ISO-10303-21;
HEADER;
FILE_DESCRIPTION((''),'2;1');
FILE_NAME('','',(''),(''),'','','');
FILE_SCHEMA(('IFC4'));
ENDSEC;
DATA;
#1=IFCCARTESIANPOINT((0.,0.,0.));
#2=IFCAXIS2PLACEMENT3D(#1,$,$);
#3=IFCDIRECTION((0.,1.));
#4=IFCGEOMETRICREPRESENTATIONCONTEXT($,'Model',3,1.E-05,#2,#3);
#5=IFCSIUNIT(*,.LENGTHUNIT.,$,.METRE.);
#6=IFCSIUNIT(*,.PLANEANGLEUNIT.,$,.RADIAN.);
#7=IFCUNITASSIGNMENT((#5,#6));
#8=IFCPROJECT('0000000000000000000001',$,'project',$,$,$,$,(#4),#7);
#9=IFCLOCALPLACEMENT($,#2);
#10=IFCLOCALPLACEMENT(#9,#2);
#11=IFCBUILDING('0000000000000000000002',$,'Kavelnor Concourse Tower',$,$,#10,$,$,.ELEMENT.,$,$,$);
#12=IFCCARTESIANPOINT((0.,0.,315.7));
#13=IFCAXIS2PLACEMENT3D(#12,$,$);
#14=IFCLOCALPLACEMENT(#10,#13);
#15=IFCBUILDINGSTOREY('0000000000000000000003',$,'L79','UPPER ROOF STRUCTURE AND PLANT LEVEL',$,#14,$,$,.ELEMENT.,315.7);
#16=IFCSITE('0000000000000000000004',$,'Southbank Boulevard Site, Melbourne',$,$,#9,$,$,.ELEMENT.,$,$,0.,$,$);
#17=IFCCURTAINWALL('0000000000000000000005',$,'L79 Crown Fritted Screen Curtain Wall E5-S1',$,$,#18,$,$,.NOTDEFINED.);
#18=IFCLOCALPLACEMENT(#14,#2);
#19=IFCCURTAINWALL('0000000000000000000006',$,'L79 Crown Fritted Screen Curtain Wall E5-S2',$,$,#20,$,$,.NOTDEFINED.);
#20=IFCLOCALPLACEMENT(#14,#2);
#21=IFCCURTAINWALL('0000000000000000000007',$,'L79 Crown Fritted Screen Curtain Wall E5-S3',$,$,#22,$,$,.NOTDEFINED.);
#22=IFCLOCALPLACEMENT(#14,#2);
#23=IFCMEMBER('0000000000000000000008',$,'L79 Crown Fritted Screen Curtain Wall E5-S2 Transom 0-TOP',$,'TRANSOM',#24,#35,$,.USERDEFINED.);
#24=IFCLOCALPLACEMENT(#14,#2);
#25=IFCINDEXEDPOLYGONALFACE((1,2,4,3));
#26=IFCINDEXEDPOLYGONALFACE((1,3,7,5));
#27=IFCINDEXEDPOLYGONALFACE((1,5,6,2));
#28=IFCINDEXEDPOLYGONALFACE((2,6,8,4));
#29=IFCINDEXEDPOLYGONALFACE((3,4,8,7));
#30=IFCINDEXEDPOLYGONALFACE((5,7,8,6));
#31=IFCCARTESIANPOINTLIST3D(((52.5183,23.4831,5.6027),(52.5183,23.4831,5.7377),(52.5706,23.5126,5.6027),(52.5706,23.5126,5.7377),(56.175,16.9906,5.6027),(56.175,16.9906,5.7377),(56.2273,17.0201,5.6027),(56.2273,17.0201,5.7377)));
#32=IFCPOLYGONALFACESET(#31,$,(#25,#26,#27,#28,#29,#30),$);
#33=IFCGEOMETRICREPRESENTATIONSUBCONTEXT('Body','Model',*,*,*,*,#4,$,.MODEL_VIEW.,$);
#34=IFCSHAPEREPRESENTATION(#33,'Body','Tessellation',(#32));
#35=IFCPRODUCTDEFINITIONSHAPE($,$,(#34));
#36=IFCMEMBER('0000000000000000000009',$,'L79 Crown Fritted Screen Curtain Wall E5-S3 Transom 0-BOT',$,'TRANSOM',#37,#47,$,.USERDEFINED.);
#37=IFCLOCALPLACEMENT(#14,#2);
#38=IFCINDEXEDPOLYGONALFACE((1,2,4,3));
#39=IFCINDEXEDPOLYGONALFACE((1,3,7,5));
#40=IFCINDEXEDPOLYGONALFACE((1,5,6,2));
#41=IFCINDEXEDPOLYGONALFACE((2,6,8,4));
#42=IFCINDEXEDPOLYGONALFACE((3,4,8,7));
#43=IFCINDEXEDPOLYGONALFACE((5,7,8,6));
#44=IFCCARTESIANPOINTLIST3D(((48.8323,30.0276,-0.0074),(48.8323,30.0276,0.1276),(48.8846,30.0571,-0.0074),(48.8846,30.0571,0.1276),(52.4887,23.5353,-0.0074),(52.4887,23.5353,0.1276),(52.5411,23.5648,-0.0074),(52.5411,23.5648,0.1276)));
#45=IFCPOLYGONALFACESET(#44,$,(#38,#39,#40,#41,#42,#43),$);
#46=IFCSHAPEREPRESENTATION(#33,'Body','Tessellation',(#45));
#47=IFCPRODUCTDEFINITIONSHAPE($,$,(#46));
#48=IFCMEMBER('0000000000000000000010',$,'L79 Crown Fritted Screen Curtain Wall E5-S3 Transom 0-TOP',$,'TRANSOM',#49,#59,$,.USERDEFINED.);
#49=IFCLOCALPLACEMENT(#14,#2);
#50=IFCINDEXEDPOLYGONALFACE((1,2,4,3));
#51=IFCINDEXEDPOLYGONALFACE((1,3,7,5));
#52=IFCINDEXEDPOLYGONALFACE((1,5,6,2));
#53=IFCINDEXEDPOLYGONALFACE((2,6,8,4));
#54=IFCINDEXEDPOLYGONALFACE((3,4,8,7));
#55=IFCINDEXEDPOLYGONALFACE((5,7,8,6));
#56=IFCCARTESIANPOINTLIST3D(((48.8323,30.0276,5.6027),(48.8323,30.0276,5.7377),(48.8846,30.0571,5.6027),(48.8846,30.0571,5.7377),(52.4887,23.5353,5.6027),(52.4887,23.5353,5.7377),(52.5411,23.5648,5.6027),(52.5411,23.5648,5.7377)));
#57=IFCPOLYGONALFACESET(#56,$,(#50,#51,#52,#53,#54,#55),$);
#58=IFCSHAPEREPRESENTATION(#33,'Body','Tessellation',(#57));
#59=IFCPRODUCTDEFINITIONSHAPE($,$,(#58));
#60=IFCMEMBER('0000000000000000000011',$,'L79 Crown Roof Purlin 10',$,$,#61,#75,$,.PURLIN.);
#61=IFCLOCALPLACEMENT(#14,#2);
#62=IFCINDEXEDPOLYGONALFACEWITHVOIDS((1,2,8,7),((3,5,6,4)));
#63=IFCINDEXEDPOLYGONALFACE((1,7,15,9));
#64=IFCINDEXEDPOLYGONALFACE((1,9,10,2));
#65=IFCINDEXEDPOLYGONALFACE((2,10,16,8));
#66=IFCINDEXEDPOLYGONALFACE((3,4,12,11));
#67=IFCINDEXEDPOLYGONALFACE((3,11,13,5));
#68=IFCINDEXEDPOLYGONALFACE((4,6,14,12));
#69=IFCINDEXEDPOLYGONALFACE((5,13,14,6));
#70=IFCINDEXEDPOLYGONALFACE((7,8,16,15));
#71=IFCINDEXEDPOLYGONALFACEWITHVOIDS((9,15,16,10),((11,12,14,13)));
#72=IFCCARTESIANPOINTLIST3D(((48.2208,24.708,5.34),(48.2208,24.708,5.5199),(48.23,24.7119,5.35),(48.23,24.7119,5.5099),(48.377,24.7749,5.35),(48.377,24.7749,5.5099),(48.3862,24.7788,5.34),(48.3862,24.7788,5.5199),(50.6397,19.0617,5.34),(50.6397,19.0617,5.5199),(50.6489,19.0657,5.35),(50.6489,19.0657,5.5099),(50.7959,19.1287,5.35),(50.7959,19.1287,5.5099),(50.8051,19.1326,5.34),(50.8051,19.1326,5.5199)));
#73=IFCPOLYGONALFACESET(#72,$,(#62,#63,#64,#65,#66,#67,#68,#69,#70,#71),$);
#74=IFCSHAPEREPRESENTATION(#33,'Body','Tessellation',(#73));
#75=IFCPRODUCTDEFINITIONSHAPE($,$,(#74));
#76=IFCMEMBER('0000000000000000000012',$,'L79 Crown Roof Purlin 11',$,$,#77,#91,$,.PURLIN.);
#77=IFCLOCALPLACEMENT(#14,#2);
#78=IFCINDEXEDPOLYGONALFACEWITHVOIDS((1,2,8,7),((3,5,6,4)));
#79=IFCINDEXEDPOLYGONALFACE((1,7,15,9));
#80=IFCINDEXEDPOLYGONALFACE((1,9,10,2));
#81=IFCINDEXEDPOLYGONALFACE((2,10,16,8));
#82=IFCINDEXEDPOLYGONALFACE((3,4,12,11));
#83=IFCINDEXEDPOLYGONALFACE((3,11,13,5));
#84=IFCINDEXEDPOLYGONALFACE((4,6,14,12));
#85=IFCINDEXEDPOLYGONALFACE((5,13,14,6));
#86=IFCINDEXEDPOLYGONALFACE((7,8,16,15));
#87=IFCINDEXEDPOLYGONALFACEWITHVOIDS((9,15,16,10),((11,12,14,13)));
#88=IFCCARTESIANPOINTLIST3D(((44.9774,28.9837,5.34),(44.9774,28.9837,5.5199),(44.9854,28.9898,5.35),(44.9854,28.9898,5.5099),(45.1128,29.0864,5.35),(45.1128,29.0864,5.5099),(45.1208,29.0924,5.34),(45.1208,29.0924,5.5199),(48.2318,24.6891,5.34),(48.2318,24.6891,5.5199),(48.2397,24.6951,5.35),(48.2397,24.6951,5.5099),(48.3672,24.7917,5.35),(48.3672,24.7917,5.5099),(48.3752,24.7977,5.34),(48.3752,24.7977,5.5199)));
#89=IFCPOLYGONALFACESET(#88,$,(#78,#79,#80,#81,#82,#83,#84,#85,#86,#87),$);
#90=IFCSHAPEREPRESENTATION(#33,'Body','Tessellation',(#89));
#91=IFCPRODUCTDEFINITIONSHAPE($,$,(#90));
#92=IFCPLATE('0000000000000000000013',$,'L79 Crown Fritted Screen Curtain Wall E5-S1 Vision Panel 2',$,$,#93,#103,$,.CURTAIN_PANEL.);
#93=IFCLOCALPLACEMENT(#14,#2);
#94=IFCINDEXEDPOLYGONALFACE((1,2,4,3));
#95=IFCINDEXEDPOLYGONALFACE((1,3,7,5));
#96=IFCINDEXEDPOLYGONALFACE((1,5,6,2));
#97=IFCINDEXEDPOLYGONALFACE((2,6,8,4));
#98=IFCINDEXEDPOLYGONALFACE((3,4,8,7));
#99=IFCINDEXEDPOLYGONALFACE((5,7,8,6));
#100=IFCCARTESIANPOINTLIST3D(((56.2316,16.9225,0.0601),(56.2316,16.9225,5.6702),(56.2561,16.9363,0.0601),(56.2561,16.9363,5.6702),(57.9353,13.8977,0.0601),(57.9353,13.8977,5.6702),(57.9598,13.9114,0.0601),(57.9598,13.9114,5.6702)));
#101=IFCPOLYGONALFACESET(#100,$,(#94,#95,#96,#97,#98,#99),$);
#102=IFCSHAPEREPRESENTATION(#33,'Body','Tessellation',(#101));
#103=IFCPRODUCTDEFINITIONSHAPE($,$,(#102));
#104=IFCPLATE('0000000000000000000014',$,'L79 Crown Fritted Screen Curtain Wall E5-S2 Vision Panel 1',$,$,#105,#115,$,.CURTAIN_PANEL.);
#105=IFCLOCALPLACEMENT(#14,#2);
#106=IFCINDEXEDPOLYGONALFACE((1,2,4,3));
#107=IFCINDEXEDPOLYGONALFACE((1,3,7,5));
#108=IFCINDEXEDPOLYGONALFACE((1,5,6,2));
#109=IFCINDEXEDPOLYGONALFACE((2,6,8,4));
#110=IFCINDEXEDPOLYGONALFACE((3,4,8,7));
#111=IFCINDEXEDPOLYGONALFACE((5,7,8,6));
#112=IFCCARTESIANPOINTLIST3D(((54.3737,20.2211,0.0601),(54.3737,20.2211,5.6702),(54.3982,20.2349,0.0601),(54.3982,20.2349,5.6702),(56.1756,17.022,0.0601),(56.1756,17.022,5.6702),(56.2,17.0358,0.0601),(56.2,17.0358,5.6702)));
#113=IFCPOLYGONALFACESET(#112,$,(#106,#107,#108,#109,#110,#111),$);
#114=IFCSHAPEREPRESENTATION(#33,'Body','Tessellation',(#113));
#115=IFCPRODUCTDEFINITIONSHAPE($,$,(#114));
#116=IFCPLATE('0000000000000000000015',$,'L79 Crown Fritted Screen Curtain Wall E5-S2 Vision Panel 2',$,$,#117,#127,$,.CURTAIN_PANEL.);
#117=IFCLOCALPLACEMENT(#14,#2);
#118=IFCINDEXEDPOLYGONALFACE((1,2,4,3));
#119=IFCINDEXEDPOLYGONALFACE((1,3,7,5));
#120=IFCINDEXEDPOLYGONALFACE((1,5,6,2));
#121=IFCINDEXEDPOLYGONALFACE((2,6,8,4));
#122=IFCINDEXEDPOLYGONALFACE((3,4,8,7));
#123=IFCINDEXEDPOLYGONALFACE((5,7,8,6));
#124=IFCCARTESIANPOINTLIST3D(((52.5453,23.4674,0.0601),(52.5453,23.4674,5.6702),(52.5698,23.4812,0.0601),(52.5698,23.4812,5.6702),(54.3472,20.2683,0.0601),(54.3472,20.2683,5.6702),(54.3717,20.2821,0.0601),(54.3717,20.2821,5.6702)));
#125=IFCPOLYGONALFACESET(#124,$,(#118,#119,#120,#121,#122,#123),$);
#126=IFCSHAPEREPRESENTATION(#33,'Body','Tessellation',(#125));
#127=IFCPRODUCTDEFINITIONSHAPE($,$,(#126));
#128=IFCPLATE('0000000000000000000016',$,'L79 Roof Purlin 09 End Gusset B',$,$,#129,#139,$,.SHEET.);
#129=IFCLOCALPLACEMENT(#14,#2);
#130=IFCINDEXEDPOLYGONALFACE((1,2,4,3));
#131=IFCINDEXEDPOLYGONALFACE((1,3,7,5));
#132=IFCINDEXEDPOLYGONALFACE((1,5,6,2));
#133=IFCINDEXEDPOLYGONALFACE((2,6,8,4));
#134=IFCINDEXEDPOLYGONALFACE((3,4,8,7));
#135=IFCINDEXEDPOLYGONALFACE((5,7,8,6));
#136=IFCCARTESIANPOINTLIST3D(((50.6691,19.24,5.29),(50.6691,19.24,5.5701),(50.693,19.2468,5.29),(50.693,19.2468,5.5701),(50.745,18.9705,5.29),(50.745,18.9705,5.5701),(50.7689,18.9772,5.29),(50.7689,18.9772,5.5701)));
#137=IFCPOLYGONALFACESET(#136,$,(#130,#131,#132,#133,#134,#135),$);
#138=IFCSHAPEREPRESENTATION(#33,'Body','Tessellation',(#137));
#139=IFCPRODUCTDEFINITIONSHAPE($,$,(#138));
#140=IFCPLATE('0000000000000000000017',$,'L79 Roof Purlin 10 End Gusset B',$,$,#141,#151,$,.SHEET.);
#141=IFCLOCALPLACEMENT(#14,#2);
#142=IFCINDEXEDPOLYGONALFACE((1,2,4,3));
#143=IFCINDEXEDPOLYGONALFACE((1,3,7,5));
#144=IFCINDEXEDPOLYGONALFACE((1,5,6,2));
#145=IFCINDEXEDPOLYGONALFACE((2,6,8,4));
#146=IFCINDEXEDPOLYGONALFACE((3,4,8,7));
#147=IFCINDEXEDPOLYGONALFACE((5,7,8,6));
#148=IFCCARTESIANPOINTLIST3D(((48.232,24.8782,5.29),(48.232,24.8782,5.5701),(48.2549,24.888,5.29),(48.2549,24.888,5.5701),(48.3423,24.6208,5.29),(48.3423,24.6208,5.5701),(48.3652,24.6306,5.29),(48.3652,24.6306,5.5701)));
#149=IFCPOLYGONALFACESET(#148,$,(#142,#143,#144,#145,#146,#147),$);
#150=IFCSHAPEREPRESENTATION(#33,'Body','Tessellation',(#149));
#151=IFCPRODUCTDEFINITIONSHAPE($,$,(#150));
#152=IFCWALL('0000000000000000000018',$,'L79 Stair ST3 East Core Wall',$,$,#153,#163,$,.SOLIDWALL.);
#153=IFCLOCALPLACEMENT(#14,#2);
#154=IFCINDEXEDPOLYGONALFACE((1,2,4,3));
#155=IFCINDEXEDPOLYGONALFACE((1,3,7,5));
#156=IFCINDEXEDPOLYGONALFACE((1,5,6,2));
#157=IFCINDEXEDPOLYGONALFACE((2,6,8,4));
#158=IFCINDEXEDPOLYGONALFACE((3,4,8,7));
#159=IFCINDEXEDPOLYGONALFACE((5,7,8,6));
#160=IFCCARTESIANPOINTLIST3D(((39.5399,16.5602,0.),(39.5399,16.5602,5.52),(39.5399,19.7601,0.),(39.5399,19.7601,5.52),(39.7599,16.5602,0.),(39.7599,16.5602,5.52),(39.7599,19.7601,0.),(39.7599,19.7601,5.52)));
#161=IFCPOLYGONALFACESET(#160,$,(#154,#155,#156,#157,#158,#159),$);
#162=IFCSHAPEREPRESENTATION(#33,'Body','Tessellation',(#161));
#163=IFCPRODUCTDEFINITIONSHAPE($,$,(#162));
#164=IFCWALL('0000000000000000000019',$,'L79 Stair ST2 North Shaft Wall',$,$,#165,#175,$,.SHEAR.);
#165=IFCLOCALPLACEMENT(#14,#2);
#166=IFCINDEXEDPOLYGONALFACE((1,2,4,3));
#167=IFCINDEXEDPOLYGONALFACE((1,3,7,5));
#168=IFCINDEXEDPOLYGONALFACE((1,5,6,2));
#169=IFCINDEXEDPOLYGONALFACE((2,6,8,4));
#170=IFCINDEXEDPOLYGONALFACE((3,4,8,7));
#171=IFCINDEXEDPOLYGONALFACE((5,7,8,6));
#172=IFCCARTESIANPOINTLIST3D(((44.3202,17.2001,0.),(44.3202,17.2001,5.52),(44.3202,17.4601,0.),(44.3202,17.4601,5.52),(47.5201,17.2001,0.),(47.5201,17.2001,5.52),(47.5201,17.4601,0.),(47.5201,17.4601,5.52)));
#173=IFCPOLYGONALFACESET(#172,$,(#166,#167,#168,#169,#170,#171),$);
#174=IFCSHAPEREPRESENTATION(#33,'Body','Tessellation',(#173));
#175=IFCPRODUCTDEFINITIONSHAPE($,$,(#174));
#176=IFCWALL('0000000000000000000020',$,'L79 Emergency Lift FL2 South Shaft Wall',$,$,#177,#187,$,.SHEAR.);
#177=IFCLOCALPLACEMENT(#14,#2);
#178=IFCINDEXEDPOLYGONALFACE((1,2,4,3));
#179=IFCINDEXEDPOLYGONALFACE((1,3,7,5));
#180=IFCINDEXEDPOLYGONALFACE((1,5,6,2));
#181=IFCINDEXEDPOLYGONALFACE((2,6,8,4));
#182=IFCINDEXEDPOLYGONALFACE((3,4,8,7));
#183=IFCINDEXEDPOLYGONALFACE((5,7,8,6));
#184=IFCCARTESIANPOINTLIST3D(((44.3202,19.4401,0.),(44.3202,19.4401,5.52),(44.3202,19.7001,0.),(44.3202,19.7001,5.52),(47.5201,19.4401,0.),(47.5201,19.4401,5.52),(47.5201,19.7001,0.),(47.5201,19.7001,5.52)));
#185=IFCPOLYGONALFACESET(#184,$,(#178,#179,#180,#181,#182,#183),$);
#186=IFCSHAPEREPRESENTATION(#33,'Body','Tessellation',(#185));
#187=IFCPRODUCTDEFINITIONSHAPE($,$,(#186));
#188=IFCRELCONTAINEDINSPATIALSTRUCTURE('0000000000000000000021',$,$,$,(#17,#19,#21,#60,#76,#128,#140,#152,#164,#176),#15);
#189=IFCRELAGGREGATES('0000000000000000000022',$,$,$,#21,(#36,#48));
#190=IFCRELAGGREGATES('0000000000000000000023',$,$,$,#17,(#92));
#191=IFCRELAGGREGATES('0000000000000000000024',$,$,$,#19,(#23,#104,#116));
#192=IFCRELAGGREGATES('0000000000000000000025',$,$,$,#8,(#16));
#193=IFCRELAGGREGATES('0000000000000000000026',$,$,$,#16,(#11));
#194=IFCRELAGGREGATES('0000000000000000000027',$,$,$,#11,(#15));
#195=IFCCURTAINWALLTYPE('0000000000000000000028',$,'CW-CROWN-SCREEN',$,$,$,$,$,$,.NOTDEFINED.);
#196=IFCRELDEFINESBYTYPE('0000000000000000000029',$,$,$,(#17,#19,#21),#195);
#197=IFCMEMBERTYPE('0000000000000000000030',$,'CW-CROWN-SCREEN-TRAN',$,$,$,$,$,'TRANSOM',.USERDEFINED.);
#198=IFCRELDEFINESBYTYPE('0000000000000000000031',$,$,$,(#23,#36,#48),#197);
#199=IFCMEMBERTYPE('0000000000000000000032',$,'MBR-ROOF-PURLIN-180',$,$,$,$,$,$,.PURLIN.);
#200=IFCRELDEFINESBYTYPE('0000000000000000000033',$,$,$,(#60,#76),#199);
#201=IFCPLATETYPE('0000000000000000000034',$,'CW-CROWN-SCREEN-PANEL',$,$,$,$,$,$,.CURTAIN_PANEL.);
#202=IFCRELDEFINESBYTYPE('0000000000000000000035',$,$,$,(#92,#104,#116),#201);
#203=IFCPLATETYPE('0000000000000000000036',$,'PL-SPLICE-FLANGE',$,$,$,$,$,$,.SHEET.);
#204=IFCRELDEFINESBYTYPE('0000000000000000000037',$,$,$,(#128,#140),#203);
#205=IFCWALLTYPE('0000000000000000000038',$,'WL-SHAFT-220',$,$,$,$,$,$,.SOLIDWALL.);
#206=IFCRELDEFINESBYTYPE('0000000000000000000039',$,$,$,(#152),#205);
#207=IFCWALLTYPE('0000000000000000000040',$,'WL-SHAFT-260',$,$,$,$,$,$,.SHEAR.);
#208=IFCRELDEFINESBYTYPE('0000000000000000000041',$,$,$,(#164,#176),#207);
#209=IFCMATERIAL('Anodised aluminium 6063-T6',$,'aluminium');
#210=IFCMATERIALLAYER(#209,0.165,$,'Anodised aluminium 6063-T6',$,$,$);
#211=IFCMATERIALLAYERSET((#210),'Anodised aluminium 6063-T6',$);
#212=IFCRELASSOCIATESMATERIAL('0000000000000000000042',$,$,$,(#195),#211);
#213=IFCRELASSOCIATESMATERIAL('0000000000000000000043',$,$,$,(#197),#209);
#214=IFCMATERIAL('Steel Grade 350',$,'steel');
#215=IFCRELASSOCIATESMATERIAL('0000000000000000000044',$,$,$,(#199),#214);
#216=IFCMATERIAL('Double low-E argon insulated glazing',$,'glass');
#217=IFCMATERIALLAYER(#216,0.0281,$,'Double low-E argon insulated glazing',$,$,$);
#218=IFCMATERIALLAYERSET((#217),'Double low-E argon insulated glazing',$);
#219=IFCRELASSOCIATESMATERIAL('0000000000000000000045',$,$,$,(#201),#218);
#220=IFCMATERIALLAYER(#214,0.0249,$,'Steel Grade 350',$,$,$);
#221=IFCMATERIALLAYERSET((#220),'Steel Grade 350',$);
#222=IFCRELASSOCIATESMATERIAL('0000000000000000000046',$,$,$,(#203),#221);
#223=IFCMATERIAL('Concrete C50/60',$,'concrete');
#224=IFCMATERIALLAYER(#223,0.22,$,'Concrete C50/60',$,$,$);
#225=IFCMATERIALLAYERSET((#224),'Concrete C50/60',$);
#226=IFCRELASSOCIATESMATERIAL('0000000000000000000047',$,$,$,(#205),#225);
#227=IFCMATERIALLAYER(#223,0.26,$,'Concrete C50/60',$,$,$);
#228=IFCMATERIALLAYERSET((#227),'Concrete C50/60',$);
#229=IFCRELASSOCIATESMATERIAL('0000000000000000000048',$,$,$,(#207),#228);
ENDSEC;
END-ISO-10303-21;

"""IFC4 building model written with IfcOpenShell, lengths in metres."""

from ifc_helpers import new_model, si_unit, direction, frame, frame_2d, origin, origin_2d, place, context, subcontext, project, spatial, rectangle, hollow_rectangle, extrude, material, layer, layer_set, material_profile, profile_set, type_object, element, aggregate, save


model = new_model("IFC4")

# Units and contexts
model_context = context("Model", 3, precision=1e-05, world=origin(), true_north=direction((0.0, 1.0)))
body_context = subcontext(model_context, "Body", "Model", "MODEL_VIEW")
ifc_project = project(units=[si_unit("LENGTHUNIT", "METRE"), si_unit("PLANEANGLEUNIT", "RADIAN")], contexts=[model_context])

# Site, building, storey
site_placement = place(None, origin())
site = spatial("IfcSite", under=ifc_project, at=site_placement, Name="Southbank Boulevard Site, Melbourne", CompositionType="ELEMENT", RefElevation=0.0)
building_placement = place(site_placement, origin())
building = spatial("IfcBuilding", under=site, at=building_placement, Name="Kavelnor Concourse Tower", CompositionType="ELEMENT")
storey_placement = place(building_placement, frame((0.0, 0.0, 315.7)))
storey = spatial("IfcBuildingStorey", under=building, at=storey_placement, Name="L79", Description="UPPER ROOF STRUCTURE AND PLANT LEVEL", CompositionType="ELEMENT", Elevation=315.7)

# Shared definitions
ifc_material_1 = material(Name="Steel Grade 350", Category="steel")

# Curtain wall
ifc_material_2 = material(Name="Anodised aluminium 6063-T6", Category="aluminium")
ifc_layer_1 = layer(ifc_material_2, 0.165, Name="Anodised aluminium 6063-T6")
ifc_layer_set_1 = layer_set([ifc_layer_1], Name="Anodised aluminium 6063-T6")
curtain_wall_type = type_object("IfcCurtainWallType", Name="CW-CROWN-SCREEN", PredefinedType="NOTDEFINED", material=ifc_layer_set_1)
curtain_wall_1_placement = place(storey_placement, origin())
curtain_wall_1 = element("IfcCurtainWall", 1, at=curtain_wall_1_placement, inside=storey, type_object=curtain_wall_type, Name="L79 Crown Fritted Screen Curtain Wall E5-S1", PredefinedType="NOTDEFINED")

# Curtain wall
curtain_wall_2_placement = place(storey_placement, origin())
curtain_wall_2 = element("IfcCurtainWall", 2, at=curtain_wall_2_placement, inside=storey, type_object=curtain_wall_type, Name="L79 Crown Fritted Screen Curtain Wall E5-S2", PredefinedType="NOTDEFINED")

# Curtain wall
curtain_wall_3_placement = place(storey_placement, origin())
curtain_wall_3 = element("IfcCurtainWall", 3, at=curtain_wall_3_placement, inside=storey, type_object=curtain_wall_type, Name="L79 Crown Fritted Screen Curtain Wall E5-S3", PredefinedType="NOTDEFINED")

# Members
ifc_material_profile_1 = material_profile(ifc_material_2, rectangle(XDim=0.0601, YDim=0.135, at=origin_2d()), Name="AL-TRAN 60x135")
ifc_profile_set_1 = profile_set([ifc_material_profile_1], Name="Anodised aluminium 6063-T6")
member_type_1 = type_object("IfcMemberType", Name="CW-CROWN-SCREEN-TRAN", ElementType="TRANSOM", PredefinedType="USERDEFINED", material=ifc_profile_set_1)
member_1_placement = place(storey_placement, frame((56.2012, 17.0054, 5.6702), z_axis=(-0.490745, 0.871303, 0.0), x_axis=(-0.871303, -0.490745, 0.0)))
member_1 = element("IfcMember", 4, at=member_1_placement, type_object=member_type_1, Name="L79 Crown Fritted Screen Curtain Wall E5-S2 Transom 0-TOP", ObjectType="TRANSOM", PredefinedType="USERDEFINED", context=body_context, shape_type="SweptSolid", body=[
    extrude(rectangle(XDim=0.0601, YDim=0.135, at=origin_2d()), origin(), (0.0, 0.0, 1.0), 7.4514),
])
member_2_placement = place(storey_placement, frame((52.5149, 23.55, 0.0601), z_axis=(-0.49072, 0.871317, 0.0), x_axis=(-0.871317, -0.49072, 0.0)))
member_2 = element("IfcMember", 5, at=member_2_placement, type_object=member_type_1, Name="L79 Crown Fritted Screen Curtain Wall E5-S3 Transom 0-BOT", ObjectType="TRANSOM", PredefinedType="USERDEFINED", context=body_context, shape_type="SweptSolid", body=[
    extrude(rectangle(XDim=0.0601, YDim=0.135, at=origin_2d()), origin(), (0.0, 0.0, 1.0), 7.4512),
])
member_3_placement = place(storey_placement, frame((52.5149, 23.55, 5.6702), z_axis=(-0.49072, 0.871317, 0.0), x_axis=(-0.871317, -0.49072, 0.0)))
member_3 = element("IfcMember", 6, at=member_3_placement, type_object=member_type_1, Name="L79 Crown Fritted Screen Curtain Wall E5-S3 Transom 0-TOP", ObjectType="TRANSOM", PredefinedType="USERDEFINED", context=body_context, shape_type="SweptSolid", body=[
    extrude(rectangle(XDim=0.0601, YDim=0.135, at=origin_2d()), origin(), (0.0, 0.0, 1.0), 7.4512),
])
aggregate(curtain_wall_3, [member_2, member_3])

# Members
ifc_material_profile_2 = material_profile(ifc_material_1, hollow_rectangle(XDim=0.1799, YDim=0.1799, WallThickness=0.01, at=origin_2d()), Name="SHS 180x180x10")
ifc_profile_set_2 = profile_set([ifc_material_profile_2], Name="Steel Grade 350")
member_type_2 = type_object("IfcMemberType", Name="MBR-ROOF-PURLIN-180", PredefinedType="PURLIN", material=ifc_profile_set_2)
member_4_placement = place(storey_placement, frame((50.7224, 19.0972, 5.4299), z_axis=(-0.393799, 0.919196, 0.0), x_axis=(-0.919196, -0.393799, 0.0)))
element("IfcMember", 7, at=member_4_placement, inside=storey, type_object=member_type_2, Name="L79 Crown Roof Purlin 10", PredefinedType="PURLIN", context=body_context, shape_type="SweptSolid", body=[
    extrude(hollow_rectangle(XDim=0.1799, YDim=0.1799, WallThickness=0.01, at=origin_2d()), origin(), (0.0, 0.0, 1.0), 6.1426),
])
member_5_placement = place(storey_placement, frame((48.3035, 24.7434, 5.4299), z_axis=(-0.603958, 0.797016, 0.0), x_axis=(-0.797016, -0.603958, 0.0)))
element("IfcMember", 8, at=member_5_placement, inside=storey, type_object=member_type_2, Name="L79 Crown Roof Purlin 11", PredefinedType="PURLIN", context=body_context, shape_type="SweptSolid", body=[
    extrude(hollow_rectangle(XDim=0.1799, YDim=0.1799, WallThickness=0.01, at=origin_2d()), origin(), (0.0, 0.0, 1.0), 5.3884),
])

# Plates
ifc_material_3 = material(Name="Double low-E argon insulated glazing", Category="glass")
ifc_layer_2 = layer(ifc_material_3, 0.0281, Name="Double low-E argon insulated glazing")
ifc_layer_set_2 = layer_set([ifc_layer_2], Name="Double low-E argon insulated glazing")
plate_type_1 = type_object("IfcPlateType", Name="CW-CROWN-SCREEN-PANEL", PredefinedType="CURTAIN_PANEL", material=ifc_layer_set_2)
plate_1_placement = place(storey_placement, frame((57.0957, 15.417, 0.0601), z_axis=(0.0, 0.0, 1.0), x_axis=(-0.490752, 0.871299, 0.0)))
plate_1 = element("IfcPlate", 9, at=plate_1_placement, type_object=plate_type_1, Name="L79 Crown Fritted Screen Curtain Wall E5-S1 Vision Panel 2", PredefinedType="CURTAIN_PANEL", context=body_context, shape_type="SweptSolid", body=[
    extrude(rectangle(XDim=3.4717, YDim=0.0281, at=origin_2d()), origin(), (0.0, 0.0, 1.0), 5.6101),
])
aggregate(curtain_wall_1, [plate_1])
plate_2_placement = place(storey_placement, frame((55.2869, 18.6284, 0.0601), z_axis=(0.0, 0.0, 1.0), x_axis=(-0.490752, 0.871299, 0.0)))
plate_2 = element("IfcPlate", 10, at=plate_2_placement, type_object=plate_type_1, Name="L79 Crown Fritted Screen Curtain Wall E5-S2 Vision Panel 1", PredefinedType="CURTAIN_PANEL", context=body_context, shape_type="SweptSolid", body=[
    extrude(rectangle(XDim=3.6716, YDim=0.0281, at=origin_2d()), origin(), (0.0, 0.0, 1.0), 5.6101),
])
plate_3_placement = place(storey_placement, frame((53.4585, 21.8748, 0.0601), z_axis=(0.0, 0.0, 1.0), x_axis=(-0.490752, 0.871299, 0.0)))
plate_3 = element("IfcPlate", 11, at=plate_3_placement, type_object=plate_type_1, Name="L79 Crown Fritted Screen Curtain Wall E5-S2 Vision Panel 2", PredefinedType="CURTAIN_PANEL", context=body_context, shape_type="SweptSolid", body=[
    extrude(rectangle(XDim=3.6716, YDim=0.0281, at=origin_2d()), origin(), (0.0, 0.0, 1.0), 5.6101),
])
aggregate(curtain_wall_2, [member_1, plate_2, plate_3])

# Plates
ifc_layer_3 = layer(ifc_material_1, 0.0249, Name="Steel Grade 350")
ifc_layer_set_3 = layer_set([ifc_layer_3], Name="Steel Grade 350")
plate_type_2 = type_object("IfcPlateType", Name="PL-SPLICE-FLANGE", PredefinedType="SHEET", material=ifc_layer_set_3)
for number, where, z_axis, x_axis, name in (
    (12, (50.719, 19.1086, 5.29), (0.0, 0.0, 1.0), (-0.271104, 0.96255, 0.0), "L79 Roof Purlin 09 End Gusset B"),
    (13, (48.2986, 24.7544, 5.29), (0.0, 0.0, 1.0), (-0.393781, 0.919204, 0.0), "L79 Roof Purlin 10 End Gusset B"),
):
    element("IfcPlate", number, at=place(storey_placement, frame(where, z_axis=z_axis, x_axis=x_axis)), inside=storey, type_object=plate_type_2, Name=name, PredefinedType="SHEET", context=body_context, shape_type="SweptSolid", body=[
        extrude(rectangle(XDim=0.28, YDim=0.0249, at=origin_2d()), origin(), (0.0, 0.0, 1.0), 0.28),
    ])

# Walls
ifc_material_4 = material(Name="Concrete C50/60", Category="concrete")
ifc_layer_4 = layer(ifc_material_4, 0.22, Name="Concrete C50/60")
ifc_layer_set_4 = layer_set([ifc_layer_4], Name="Concrete C50/60")
wall_type_1 = type_object("IfcWallType", Name="WL-SHAFT-220", PredefinedType="SOLIDWALL", material=ifc_layer_set_4)
wall_placement = place(storey_placement, frame((39.6499, 16.5601, 0.0), z_axis=(0.0, 0.0, 1.0), x_axis=(0.0, 1.0, 0.0)))
element("IfcWall", 14, at=wall_placement, inside=storey, type_object=wall_type_1, Name="L79 Stair ST3 East Core Wall", PredefinedType="SOLIDWALL", context=body_context, shape_type="SweptSolid", body=[
    extrude(rectangle(XDim=3.2, YDim=0.22, at=frame_2d((1.6001, 0.0))), origin(), (0.0, 0.0, 1.0), 5.52),
])
ifc_layer_5 = layer(ifc_material_4, 0.26, Name="Concrete C50/60")
ifc_layer_set_5 = layer_set([ifc_layer_5], Name="Concrete C50/60")
wall_type_2 = type_object("IfcWallType", Name="WL-SHAFT-260", PredefinedType="SHEAR", material=ifc_layer_set_5)
for number, where, z_axis, x_axis, name in (
    (15, (44.3201, 17.3301, 0.0), (0.0, 0.0, 1.0), (1.0, 0.0, 0.0), "L79 Stair ST2 North Shaft Wall"),
    (16, (44.3201, 19.5701, 0.0), (0.0, 0.0, 1.0), (1.0, 0.0, 0.0), "L79 Emergency Lift FL2 South Shaft Wall"),
):
    element("IfcWall", number, at=place(storey_placement, frame(where, z_axis=z_axis, x_axis=x_axis)), inside=storey, type_object=wall_type_2, Name=name, PredefinedType="SHEAR", context=body_context, shape_type="SweptSolid", body=[
        extrude(rectangle(XDim=3.2, YDim=0.26, at=frame_2d((1.6001, 0.0))), origin(), (0.0, 0.0, 1.0), 5.52),
    ])

save(model, "model.ifc")
